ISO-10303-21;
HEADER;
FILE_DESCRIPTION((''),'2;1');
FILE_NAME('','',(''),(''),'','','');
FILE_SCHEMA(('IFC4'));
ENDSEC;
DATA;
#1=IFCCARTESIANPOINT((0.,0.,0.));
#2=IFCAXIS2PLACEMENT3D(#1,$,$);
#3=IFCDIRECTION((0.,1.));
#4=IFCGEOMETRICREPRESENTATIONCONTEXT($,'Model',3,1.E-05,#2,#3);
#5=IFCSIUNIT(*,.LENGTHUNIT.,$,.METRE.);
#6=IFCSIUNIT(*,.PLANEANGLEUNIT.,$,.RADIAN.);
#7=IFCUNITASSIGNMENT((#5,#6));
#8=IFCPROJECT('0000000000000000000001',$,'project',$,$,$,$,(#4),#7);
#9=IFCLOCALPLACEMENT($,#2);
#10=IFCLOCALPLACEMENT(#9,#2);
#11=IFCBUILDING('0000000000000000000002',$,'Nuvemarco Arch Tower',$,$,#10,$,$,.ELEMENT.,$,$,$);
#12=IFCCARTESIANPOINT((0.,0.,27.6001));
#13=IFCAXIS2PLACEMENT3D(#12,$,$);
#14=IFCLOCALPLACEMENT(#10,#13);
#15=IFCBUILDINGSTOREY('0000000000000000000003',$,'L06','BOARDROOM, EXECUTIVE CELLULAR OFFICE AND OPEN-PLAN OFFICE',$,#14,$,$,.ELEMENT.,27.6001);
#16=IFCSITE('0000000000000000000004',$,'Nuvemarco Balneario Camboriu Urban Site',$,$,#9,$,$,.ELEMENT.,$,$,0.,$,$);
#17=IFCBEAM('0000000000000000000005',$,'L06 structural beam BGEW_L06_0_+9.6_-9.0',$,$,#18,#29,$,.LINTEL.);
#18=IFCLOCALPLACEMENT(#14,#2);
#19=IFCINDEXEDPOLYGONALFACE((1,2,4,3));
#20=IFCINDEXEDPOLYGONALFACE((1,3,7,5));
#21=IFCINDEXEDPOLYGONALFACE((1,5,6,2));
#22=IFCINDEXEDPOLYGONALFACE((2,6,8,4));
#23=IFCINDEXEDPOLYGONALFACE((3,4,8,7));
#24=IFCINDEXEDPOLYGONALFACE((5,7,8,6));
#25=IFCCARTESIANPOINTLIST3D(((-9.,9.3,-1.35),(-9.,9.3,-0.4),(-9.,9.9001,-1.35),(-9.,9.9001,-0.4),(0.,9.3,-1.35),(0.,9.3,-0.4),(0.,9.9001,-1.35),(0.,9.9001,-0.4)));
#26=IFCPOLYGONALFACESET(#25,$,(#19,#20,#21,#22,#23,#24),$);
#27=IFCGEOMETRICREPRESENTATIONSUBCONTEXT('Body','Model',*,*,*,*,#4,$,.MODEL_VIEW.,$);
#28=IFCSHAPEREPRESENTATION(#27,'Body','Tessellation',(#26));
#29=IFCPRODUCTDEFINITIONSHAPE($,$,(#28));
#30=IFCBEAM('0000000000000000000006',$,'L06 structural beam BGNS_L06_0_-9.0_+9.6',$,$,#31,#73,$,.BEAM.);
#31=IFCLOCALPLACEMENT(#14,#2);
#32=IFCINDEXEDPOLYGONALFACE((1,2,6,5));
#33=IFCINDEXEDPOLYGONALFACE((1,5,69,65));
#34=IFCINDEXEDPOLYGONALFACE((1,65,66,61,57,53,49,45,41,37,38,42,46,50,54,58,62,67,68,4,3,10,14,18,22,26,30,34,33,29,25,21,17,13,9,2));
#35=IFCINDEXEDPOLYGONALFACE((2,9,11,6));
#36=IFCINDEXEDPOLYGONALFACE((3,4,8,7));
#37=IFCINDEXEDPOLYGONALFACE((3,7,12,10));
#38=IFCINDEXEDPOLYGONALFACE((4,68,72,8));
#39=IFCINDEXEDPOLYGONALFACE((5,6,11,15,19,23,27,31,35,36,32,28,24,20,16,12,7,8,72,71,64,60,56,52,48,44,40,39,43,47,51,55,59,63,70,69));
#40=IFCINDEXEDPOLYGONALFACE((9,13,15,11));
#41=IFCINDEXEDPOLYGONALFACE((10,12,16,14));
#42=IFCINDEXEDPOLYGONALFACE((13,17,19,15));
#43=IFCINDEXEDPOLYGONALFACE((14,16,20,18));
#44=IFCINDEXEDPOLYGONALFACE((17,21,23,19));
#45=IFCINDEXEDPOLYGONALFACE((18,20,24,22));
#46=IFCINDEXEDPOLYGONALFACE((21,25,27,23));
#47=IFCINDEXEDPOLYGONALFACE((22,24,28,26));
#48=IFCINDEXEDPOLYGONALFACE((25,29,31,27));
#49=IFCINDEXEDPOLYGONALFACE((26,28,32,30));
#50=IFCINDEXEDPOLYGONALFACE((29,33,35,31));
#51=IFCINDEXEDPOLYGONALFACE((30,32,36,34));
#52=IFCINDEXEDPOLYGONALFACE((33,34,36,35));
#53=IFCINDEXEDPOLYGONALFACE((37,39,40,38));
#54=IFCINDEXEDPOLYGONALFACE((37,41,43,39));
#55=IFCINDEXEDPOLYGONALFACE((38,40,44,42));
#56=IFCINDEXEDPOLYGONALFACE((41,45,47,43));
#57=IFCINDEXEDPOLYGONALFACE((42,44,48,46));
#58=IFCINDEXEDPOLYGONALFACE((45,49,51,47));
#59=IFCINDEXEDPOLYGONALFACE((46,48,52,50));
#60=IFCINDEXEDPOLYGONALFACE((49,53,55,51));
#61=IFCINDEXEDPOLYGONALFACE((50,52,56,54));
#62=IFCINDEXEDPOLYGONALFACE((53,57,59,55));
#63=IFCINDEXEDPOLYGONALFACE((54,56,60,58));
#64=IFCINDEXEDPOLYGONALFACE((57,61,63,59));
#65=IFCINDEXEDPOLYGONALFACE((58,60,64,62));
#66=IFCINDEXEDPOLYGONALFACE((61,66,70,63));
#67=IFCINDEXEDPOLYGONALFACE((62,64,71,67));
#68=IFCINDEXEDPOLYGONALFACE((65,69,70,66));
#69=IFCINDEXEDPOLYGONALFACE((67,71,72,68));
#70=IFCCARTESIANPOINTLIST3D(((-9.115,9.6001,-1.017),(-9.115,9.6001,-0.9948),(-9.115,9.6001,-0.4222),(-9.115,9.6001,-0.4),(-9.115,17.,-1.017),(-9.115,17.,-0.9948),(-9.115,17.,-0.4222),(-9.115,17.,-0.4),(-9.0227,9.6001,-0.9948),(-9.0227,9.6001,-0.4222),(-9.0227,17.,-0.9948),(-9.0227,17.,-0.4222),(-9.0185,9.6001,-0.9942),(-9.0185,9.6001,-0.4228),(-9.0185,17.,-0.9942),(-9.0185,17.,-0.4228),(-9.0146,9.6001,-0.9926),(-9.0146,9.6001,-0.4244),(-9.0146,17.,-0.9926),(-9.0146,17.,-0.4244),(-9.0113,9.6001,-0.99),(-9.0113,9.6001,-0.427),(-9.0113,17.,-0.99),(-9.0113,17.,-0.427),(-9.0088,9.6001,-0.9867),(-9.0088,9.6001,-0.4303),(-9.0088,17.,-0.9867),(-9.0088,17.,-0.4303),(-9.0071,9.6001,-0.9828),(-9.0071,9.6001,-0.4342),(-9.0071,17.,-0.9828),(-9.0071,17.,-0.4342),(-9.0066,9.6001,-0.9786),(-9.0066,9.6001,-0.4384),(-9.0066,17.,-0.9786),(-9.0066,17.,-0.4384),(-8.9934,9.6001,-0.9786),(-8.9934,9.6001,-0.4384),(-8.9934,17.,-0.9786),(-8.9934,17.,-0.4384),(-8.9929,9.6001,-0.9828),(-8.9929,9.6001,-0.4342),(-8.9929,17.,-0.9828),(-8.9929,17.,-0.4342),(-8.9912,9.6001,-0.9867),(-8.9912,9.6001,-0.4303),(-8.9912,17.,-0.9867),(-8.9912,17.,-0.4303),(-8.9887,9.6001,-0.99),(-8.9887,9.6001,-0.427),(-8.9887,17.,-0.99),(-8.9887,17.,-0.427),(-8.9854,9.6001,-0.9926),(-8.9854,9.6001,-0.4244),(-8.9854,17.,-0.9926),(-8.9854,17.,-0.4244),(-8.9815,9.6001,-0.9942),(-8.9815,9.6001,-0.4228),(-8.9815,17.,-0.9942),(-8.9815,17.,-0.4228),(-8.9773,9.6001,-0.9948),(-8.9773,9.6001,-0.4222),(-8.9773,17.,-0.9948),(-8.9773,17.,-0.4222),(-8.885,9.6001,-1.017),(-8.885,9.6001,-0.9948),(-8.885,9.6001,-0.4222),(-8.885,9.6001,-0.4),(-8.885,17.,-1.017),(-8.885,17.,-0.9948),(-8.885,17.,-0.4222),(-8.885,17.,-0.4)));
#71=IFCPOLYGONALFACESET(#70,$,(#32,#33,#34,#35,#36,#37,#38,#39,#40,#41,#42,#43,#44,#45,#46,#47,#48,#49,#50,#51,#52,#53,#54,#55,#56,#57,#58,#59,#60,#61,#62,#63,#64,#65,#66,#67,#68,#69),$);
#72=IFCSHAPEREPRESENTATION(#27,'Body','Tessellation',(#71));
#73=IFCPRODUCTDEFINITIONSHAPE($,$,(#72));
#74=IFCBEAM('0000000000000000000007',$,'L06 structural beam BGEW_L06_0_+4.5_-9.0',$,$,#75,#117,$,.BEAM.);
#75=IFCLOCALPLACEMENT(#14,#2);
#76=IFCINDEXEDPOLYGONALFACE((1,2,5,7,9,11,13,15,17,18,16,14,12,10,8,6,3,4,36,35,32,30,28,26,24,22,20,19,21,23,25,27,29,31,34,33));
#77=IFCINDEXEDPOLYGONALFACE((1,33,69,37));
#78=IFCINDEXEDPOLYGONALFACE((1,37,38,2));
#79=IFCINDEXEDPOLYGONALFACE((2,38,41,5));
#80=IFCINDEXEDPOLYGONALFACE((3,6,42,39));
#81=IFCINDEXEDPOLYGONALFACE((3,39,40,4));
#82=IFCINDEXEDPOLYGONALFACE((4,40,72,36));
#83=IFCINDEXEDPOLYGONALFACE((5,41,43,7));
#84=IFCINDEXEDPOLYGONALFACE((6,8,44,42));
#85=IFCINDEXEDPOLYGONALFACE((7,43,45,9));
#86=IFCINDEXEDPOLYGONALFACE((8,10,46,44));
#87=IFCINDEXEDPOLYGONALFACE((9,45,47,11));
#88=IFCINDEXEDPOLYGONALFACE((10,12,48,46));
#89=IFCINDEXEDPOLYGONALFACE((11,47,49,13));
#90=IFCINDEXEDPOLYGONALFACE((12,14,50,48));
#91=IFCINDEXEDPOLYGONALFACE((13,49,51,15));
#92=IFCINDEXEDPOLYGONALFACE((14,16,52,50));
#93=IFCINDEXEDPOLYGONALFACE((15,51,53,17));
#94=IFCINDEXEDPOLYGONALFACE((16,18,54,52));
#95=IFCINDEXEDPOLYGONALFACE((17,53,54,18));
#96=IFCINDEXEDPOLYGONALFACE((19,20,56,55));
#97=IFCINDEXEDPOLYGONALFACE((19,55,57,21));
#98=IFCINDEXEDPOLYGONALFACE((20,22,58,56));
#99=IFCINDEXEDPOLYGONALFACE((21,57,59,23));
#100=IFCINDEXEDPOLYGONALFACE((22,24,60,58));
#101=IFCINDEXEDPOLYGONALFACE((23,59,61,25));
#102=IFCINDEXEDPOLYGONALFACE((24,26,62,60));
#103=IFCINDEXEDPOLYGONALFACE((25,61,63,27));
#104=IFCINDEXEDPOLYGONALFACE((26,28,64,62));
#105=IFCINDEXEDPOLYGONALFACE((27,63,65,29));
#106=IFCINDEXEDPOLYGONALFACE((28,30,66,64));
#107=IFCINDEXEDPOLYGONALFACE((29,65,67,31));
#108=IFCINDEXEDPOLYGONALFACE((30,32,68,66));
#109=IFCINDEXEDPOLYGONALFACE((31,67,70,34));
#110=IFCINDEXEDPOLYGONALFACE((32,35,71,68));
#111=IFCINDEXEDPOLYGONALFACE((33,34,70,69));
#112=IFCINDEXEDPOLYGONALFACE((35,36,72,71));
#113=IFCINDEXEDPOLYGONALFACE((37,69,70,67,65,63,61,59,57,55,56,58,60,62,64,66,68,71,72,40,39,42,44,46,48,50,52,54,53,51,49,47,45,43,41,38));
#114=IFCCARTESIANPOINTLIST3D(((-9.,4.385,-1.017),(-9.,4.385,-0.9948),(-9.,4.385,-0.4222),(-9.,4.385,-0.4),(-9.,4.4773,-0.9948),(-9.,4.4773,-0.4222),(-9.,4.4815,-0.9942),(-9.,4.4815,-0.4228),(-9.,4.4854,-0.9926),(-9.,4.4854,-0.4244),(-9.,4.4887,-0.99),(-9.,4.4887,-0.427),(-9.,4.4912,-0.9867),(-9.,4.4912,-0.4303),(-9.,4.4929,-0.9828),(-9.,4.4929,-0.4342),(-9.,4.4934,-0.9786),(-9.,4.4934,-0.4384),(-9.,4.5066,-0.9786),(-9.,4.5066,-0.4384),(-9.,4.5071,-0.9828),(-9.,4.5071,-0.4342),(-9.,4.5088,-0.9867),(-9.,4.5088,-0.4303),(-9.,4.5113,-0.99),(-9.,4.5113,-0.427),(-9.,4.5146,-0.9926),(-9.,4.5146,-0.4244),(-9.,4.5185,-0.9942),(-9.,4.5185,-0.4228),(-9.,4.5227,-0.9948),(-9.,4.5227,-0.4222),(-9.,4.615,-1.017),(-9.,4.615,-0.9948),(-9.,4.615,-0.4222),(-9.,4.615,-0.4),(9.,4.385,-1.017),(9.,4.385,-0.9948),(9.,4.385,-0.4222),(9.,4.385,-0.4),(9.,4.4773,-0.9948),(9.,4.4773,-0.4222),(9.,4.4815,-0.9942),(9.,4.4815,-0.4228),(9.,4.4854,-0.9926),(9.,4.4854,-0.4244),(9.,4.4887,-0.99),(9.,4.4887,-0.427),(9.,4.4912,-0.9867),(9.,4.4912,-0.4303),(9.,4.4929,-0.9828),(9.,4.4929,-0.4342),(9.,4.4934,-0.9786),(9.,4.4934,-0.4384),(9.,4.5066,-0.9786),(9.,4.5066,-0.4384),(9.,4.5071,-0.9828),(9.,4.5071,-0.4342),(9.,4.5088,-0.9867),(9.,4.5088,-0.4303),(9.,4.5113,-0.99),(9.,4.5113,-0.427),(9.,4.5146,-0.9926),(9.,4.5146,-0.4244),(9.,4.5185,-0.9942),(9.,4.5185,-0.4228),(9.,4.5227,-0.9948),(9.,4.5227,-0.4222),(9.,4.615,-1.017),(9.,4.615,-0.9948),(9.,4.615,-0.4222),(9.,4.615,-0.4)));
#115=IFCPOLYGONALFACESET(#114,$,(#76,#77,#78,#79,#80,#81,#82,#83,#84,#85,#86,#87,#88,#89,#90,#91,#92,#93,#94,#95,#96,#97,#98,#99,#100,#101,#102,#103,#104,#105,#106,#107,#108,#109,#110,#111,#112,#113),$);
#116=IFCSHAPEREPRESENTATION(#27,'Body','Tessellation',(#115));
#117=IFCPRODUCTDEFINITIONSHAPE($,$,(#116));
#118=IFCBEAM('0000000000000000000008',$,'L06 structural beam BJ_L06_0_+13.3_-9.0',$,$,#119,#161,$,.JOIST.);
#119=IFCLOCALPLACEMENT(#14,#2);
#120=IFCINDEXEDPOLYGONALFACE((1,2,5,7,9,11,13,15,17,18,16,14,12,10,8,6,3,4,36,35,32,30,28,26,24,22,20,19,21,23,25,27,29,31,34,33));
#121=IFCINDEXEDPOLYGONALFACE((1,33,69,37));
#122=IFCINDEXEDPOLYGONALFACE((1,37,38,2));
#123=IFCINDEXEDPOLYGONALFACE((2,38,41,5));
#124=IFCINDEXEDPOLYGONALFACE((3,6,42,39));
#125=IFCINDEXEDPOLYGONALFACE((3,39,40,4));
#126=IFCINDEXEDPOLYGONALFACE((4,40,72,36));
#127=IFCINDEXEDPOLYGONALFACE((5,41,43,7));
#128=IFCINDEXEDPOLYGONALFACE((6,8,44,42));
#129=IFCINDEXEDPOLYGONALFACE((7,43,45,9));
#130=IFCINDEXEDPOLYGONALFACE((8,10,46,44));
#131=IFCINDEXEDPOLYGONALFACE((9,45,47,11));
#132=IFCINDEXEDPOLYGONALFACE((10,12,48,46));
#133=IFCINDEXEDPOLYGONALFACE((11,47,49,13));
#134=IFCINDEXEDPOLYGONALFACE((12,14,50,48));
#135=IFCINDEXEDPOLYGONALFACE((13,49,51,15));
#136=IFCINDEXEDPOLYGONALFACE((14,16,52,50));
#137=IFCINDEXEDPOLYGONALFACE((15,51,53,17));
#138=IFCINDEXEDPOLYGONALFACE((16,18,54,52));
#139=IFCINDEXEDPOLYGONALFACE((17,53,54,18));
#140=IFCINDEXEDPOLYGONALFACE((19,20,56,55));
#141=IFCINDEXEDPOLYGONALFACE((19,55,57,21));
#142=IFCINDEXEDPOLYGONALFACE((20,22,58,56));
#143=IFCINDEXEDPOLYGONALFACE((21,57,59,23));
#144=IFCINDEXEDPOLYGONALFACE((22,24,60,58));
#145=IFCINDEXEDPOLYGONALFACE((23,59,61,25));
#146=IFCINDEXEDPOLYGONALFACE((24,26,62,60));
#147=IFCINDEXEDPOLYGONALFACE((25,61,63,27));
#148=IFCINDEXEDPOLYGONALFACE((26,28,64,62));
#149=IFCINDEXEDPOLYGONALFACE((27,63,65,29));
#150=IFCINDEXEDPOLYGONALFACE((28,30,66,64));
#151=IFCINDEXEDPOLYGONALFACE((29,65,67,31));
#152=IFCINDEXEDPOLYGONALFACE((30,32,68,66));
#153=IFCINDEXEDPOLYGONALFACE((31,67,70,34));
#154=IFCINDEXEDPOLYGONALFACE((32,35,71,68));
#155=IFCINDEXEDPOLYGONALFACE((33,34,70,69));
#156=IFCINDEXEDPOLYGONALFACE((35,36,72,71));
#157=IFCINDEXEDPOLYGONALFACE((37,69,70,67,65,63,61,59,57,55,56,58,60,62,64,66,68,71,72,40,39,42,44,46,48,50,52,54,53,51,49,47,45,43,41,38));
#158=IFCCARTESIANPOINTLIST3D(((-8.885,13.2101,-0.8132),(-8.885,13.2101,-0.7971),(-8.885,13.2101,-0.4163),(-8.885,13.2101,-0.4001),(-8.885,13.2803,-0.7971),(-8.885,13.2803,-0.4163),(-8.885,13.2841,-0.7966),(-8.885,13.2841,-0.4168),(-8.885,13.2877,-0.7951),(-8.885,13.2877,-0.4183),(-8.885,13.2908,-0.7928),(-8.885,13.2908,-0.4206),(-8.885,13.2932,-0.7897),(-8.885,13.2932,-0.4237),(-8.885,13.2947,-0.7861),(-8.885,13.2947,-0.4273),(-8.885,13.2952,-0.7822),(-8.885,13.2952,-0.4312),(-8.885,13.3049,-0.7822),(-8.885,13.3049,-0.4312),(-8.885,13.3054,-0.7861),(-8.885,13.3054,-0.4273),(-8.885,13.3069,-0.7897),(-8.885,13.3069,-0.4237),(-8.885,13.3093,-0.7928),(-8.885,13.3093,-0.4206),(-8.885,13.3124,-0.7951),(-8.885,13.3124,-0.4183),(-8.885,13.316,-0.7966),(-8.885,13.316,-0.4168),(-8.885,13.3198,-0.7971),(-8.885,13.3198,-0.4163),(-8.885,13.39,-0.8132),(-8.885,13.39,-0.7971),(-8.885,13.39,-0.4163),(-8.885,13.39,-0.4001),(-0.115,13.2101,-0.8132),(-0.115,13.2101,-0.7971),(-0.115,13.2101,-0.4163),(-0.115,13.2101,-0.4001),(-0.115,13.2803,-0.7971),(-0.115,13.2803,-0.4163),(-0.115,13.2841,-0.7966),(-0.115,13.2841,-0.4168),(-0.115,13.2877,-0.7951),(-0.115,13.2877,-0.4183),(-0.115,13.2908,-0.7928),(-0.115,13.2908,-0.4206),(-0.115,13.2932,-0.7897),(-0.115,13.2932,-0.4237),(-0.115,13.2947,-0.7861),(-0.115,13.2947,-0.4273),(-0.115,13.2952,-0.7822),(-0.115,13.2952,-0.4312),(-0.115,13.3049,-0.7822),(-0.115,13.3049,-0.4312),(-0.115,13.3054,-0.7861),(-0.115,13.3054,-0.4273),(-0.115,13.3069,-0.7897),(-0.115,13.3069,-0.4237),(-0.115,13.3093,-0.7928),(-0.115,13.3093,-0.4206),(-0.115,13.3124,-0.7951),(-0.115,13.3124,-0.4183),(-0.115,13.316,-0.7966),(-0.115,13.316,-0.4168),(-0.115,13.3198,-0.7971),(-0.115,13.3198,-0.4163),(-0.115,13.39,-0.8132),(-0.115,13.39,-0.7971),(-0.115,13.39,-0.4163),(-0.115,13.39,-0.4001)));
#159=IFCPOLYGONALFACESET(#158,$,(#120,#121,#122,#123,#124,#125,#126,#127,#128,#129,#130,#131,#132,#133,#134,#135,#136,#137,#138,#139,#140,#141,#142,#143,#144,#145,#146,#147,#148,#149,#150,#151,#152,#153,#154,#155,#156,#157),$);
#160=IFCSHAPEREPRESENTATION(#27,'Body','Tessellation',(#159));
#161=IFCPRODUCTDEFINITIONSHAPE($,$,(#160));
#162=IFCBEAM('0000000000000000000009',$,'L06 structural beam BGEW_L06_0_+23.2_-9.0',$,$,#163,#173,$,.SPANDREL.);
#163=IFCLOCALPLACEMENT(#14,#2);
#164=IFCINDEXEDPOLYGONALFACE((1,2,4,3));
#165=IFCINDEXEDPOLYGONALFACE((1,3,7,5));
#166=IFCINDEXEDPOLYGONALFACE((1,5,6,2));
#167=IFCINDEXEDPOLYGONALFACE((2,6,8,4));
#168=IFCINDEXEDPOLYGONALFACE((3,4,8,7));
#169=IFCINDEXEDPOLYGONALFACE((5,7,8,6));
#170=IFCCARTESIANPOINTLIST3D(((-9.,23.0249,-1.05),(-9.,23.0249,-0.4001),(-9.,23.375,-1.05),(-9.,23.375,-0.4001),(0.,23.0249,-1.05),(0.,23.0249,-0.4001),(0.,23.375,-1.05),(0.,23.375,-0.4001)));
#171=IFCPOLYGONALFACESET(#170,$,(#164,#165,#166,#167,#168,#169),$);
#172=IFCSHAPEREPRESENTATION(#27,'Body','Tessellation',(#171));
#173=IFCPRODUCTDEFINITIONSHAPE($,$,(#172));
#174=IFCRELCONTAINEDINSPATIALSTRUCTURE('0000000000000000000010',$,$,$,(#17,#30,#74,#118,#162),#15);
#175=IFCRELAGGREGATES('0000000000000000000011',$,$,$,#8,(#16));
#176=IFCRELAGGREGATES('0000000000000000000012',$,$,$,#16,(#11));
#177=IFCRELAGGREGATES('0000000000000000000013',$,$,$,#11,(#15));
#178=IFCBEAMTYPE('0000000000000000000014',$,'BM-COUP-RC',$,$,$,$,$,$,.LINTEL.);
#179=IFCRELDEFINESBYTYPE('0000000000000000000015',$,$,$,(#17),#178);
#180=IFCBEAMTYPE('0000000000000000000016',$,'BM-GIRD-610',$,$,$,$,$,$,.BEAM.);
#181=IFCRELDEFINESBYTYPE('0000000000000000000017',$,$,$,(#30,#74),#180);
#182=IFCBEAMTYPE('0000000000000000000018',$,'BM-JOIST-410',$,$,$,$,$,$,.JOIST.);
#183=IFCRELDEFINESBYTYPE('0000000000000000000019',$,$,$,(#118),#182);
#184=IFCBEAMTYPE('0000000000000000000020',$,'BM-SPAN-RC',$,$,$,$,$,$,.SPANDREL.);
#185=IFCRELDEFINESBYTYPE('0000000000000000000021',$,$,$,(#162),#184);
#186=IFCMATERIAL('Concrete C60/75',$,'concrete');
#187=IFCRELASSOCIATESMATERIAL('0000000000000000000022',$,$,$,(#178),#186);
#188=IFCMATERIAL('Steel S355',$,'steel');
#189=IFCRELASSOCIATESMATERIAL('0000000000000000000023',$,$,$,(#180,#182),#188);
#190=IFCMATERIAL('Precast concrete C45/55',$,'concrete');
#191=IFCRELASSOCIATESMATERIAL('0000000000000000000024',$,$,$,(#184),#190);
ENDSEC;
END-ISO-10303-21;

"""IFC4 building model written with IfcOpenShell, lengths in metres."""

from ifc_helpers import new_model, si_unit, direction, frame, origin, origin_2d, place, context, subcontext, project, spatial, rectangle, i_section, extrude, material, material_profile, profile_set, type_object, element, save


model = new_model("IFC4")

# Units and contexts
model_context = context("Model", 3, precision=1e-05, world=origin(), true_north=direction((0.0, 1.0)))
body_context = subcontext(model_context, "Body", "Model", "MODEL_VIEW")
ifc_project = project(units=[si_unit("LENGTHUNIT", "METRE"), si_unit("PLANEANGLEUNIT", "RADIAN")], contexts=[model_context])

# Site, building, storey
site_placement = place(None, origin())
site = spatial("IfcSite", under=ifc_project, at=site_placement, Name="Nuvemarco Balneario Camboriu Urban Site", CompositionType="ELEMENT", RefElevation=0.0)
building_placement = place(site_placement, origin())
building = spatial("IfcBuilding", under=site, at=building_placement, Name="Nuvemarco Arch Tower", CompositionType="ELEMENT")
storey_placement = place(building_placement, frame((0.0, 0.0, 27.6001)))
storey = spatial("IfcBuildingStorey", under=building, at=storey_placement, Name="L06", Description="BOARDROOM, EXECUTIVE CELLULAR OFFICE AND OPEN-PLAN OFFICE", CompositionType="ELEMENT", Elevation=27.6001)

# Shared definitions
ifc_material_1 = material(Name="Concrete C60/75", Category="concrete")
ifc_material_2 = material(Name="Steel S355", Category="steel")

# Beams
ifc_material_profile_1 = material_profile(ifc_material_1, rectangle(XDim=0.6001, YDim=0.95, at=origin_2d()), Name="RC-BM-600x950")
ifc_profile_set_1 = profile_set([ifc_material_profile_1], Name="Concrete C60/75")
beam_type_1 = type_object("IfcBeamType", Name="BM-COUP-RC", PredefinedType="LINTEL", material=ifc_profile_set_1)
beam_1_placement = place(storey_placement, frame((-9.0, 9.6001, -0.875), z_axis=(1.0, 0.0, 0.0), x_axis=(0.0, 1.0, 0.0)))
element("IfcBeam", 1, at=beam_1_placement, inside=storey, type_object=beam_type_1, Name="L06 structural beam BGEW_L06_0_+9.6_-9.0", PredefinedType="LINTEL", context=body_context, shape_type="SweptSolid", body=[
    extrude(rectangle(XDim=0.6001, YDim=0.95, at=origin_2d()), origin(), (0.0, 0.0, 1.0), 9.0),
])
ifc_material_profile_2 = material_profile(ifc_material_2, i_section(OverallWidth=0.23, OverallDepth=0.6169, WebThickness=0.0132, FlangeThickness=0.0222, FilletRadius=0.0161, at=origin_2d()), Name="W610x140")
ifc_profile_set_2 = profile_set([ifc_material_profile_2], Name="Steel S355")
beam_type_2 = type_object("IfcBeamType", Name="BM-GIRD-610", PredefinedType="BEAM", material=ifc_profile_set_2)
beam_2_placement = place(storey_placement, frame((-9.0, 9.6001, -0.7085), z_axis=(0.0, 1.0, 0.0), x_axis=(-1.0, 0.0, 0.0)))
element("IfcBeam", 2, at=beam_2_placement, inside=storey, type_object=beam_type_2, Name="L06 structural beam BGNS_L06_0_-9.0_+9.6", PredefinedType="BEAM", context=body_context, shape_type="SweptSolid", body=[
    extrude(i_section(OverallWidth=0.23, OverallDepth=0.6169, WebThickness=0.0132, FlangeThickness=0.0222, FilletRadius=0.0161, at=origin_2d()), origin(), (0.0, 0.0, 1.0), 7.3999),
])
beam_3_placement = place(storey_placement, frame((-9.0, 4.5, -0.7085), z_axis=(1.0, 0.0, 0.0), x_axis=(0.0, 1.0, 0.0)))
element("IfcBeam", 3, at=beam_3_placement, inside=storey, type_object=beam_type_2, Name="L06 structural beam BGEW_L06_0_+4.5_-9.0", PredefinedType="BEAM", context=body_context, shape_type="SweptSolid", body=[
    extrude(i_section(OverallWidth=0.23, OverallDepth=0.6169, WebThickness=0.0132, FlangeThickness=0.0222, FilletRadius=0.0161, at=origin_2d()), origin(), (0.0, 0.0, 1.0), 18.0),
])
ifc_material_profile_3 = material_profile(ifc_material_2, i_section(OverallWidth=0.1799, OverallDepth=0.4131, WebThickness=0.0098, FlangeThickness=0.0161, FilletRadius=0.0149, at=origin_2d()), Name="W410x75")
ifc_profile_set_3 = profile_set([ifc_material_profile_3], Name="Steel S355")
beam_type_3 = type_object("IfcBeamType", Name="BM-JOIST-410", PredefinedType="JOIST", material=ifc_profile_set_3)
beam_4_placement = place(storey_placement, frame((-8.885, 13.3, -0.6067), z_axis=(1.0, 0.0, 0.0), x_axis=(0.0, 1.0, 0.0)))
element("IfcBeam", 4, at=beam_4_placement, inside=storey, type_object=beam_type_3, Name="L06 structural beam BJ_L06_0_+13.3_-9.0", PredefinedType="JOIST", context=body_context, shape_type="SweptSolid", body=[
    extrude(i_section(OverallWidth=0.1799, OverallDepth=0.4131, WebThickness=0.0098, FlangeThickness=0.0161, FilletRadius=0.0149, at=origin_2d()), origin(), (0.0, 0.0, 1.0), 8.77),
])
ifc_material_3 = material(Name="Precast concrete C45/55", Category="concrete")
ifc_material_profile_4 = material_profile(ifc_material_3, rectangle(XDim=0.3501, YDim=0.6499, at=origin_2d()), Name="PC-SP-350x650")
ifc_profile_set_4 = profile_set([ifc_material_profile_4], Name="Precast concrete C45/55")
beam_type_4 = type_object("IfcBeamType", Name="BM-SPAN-RC", PredefinedType="SPANDREL", material=ifc_profile_set_4)
beam_5_placement = place(storey_placement, frame((-9.0, 23.2, -0.7251), z_axis=(1.0, 0.0, 0.0), x_axis=(0.0, 1.0, 0.0)))
element("IfcBeam", 5, at=beam_5_placement, inside=storey, type_object=beam_type_4, Name="L06 structural beam BGEW_L06_0_+23.2_-9.0", PredefinedType="SPANDREL", context=body_context, shape_type="SweptSolid", body=[
    extrude(rectangle(XDim=0.3501, YDim=0.6499, at=origin_2d()), origin(), (0.0, 0.0, 1.0), 9.0),
])

save(model, "model.ifc")
